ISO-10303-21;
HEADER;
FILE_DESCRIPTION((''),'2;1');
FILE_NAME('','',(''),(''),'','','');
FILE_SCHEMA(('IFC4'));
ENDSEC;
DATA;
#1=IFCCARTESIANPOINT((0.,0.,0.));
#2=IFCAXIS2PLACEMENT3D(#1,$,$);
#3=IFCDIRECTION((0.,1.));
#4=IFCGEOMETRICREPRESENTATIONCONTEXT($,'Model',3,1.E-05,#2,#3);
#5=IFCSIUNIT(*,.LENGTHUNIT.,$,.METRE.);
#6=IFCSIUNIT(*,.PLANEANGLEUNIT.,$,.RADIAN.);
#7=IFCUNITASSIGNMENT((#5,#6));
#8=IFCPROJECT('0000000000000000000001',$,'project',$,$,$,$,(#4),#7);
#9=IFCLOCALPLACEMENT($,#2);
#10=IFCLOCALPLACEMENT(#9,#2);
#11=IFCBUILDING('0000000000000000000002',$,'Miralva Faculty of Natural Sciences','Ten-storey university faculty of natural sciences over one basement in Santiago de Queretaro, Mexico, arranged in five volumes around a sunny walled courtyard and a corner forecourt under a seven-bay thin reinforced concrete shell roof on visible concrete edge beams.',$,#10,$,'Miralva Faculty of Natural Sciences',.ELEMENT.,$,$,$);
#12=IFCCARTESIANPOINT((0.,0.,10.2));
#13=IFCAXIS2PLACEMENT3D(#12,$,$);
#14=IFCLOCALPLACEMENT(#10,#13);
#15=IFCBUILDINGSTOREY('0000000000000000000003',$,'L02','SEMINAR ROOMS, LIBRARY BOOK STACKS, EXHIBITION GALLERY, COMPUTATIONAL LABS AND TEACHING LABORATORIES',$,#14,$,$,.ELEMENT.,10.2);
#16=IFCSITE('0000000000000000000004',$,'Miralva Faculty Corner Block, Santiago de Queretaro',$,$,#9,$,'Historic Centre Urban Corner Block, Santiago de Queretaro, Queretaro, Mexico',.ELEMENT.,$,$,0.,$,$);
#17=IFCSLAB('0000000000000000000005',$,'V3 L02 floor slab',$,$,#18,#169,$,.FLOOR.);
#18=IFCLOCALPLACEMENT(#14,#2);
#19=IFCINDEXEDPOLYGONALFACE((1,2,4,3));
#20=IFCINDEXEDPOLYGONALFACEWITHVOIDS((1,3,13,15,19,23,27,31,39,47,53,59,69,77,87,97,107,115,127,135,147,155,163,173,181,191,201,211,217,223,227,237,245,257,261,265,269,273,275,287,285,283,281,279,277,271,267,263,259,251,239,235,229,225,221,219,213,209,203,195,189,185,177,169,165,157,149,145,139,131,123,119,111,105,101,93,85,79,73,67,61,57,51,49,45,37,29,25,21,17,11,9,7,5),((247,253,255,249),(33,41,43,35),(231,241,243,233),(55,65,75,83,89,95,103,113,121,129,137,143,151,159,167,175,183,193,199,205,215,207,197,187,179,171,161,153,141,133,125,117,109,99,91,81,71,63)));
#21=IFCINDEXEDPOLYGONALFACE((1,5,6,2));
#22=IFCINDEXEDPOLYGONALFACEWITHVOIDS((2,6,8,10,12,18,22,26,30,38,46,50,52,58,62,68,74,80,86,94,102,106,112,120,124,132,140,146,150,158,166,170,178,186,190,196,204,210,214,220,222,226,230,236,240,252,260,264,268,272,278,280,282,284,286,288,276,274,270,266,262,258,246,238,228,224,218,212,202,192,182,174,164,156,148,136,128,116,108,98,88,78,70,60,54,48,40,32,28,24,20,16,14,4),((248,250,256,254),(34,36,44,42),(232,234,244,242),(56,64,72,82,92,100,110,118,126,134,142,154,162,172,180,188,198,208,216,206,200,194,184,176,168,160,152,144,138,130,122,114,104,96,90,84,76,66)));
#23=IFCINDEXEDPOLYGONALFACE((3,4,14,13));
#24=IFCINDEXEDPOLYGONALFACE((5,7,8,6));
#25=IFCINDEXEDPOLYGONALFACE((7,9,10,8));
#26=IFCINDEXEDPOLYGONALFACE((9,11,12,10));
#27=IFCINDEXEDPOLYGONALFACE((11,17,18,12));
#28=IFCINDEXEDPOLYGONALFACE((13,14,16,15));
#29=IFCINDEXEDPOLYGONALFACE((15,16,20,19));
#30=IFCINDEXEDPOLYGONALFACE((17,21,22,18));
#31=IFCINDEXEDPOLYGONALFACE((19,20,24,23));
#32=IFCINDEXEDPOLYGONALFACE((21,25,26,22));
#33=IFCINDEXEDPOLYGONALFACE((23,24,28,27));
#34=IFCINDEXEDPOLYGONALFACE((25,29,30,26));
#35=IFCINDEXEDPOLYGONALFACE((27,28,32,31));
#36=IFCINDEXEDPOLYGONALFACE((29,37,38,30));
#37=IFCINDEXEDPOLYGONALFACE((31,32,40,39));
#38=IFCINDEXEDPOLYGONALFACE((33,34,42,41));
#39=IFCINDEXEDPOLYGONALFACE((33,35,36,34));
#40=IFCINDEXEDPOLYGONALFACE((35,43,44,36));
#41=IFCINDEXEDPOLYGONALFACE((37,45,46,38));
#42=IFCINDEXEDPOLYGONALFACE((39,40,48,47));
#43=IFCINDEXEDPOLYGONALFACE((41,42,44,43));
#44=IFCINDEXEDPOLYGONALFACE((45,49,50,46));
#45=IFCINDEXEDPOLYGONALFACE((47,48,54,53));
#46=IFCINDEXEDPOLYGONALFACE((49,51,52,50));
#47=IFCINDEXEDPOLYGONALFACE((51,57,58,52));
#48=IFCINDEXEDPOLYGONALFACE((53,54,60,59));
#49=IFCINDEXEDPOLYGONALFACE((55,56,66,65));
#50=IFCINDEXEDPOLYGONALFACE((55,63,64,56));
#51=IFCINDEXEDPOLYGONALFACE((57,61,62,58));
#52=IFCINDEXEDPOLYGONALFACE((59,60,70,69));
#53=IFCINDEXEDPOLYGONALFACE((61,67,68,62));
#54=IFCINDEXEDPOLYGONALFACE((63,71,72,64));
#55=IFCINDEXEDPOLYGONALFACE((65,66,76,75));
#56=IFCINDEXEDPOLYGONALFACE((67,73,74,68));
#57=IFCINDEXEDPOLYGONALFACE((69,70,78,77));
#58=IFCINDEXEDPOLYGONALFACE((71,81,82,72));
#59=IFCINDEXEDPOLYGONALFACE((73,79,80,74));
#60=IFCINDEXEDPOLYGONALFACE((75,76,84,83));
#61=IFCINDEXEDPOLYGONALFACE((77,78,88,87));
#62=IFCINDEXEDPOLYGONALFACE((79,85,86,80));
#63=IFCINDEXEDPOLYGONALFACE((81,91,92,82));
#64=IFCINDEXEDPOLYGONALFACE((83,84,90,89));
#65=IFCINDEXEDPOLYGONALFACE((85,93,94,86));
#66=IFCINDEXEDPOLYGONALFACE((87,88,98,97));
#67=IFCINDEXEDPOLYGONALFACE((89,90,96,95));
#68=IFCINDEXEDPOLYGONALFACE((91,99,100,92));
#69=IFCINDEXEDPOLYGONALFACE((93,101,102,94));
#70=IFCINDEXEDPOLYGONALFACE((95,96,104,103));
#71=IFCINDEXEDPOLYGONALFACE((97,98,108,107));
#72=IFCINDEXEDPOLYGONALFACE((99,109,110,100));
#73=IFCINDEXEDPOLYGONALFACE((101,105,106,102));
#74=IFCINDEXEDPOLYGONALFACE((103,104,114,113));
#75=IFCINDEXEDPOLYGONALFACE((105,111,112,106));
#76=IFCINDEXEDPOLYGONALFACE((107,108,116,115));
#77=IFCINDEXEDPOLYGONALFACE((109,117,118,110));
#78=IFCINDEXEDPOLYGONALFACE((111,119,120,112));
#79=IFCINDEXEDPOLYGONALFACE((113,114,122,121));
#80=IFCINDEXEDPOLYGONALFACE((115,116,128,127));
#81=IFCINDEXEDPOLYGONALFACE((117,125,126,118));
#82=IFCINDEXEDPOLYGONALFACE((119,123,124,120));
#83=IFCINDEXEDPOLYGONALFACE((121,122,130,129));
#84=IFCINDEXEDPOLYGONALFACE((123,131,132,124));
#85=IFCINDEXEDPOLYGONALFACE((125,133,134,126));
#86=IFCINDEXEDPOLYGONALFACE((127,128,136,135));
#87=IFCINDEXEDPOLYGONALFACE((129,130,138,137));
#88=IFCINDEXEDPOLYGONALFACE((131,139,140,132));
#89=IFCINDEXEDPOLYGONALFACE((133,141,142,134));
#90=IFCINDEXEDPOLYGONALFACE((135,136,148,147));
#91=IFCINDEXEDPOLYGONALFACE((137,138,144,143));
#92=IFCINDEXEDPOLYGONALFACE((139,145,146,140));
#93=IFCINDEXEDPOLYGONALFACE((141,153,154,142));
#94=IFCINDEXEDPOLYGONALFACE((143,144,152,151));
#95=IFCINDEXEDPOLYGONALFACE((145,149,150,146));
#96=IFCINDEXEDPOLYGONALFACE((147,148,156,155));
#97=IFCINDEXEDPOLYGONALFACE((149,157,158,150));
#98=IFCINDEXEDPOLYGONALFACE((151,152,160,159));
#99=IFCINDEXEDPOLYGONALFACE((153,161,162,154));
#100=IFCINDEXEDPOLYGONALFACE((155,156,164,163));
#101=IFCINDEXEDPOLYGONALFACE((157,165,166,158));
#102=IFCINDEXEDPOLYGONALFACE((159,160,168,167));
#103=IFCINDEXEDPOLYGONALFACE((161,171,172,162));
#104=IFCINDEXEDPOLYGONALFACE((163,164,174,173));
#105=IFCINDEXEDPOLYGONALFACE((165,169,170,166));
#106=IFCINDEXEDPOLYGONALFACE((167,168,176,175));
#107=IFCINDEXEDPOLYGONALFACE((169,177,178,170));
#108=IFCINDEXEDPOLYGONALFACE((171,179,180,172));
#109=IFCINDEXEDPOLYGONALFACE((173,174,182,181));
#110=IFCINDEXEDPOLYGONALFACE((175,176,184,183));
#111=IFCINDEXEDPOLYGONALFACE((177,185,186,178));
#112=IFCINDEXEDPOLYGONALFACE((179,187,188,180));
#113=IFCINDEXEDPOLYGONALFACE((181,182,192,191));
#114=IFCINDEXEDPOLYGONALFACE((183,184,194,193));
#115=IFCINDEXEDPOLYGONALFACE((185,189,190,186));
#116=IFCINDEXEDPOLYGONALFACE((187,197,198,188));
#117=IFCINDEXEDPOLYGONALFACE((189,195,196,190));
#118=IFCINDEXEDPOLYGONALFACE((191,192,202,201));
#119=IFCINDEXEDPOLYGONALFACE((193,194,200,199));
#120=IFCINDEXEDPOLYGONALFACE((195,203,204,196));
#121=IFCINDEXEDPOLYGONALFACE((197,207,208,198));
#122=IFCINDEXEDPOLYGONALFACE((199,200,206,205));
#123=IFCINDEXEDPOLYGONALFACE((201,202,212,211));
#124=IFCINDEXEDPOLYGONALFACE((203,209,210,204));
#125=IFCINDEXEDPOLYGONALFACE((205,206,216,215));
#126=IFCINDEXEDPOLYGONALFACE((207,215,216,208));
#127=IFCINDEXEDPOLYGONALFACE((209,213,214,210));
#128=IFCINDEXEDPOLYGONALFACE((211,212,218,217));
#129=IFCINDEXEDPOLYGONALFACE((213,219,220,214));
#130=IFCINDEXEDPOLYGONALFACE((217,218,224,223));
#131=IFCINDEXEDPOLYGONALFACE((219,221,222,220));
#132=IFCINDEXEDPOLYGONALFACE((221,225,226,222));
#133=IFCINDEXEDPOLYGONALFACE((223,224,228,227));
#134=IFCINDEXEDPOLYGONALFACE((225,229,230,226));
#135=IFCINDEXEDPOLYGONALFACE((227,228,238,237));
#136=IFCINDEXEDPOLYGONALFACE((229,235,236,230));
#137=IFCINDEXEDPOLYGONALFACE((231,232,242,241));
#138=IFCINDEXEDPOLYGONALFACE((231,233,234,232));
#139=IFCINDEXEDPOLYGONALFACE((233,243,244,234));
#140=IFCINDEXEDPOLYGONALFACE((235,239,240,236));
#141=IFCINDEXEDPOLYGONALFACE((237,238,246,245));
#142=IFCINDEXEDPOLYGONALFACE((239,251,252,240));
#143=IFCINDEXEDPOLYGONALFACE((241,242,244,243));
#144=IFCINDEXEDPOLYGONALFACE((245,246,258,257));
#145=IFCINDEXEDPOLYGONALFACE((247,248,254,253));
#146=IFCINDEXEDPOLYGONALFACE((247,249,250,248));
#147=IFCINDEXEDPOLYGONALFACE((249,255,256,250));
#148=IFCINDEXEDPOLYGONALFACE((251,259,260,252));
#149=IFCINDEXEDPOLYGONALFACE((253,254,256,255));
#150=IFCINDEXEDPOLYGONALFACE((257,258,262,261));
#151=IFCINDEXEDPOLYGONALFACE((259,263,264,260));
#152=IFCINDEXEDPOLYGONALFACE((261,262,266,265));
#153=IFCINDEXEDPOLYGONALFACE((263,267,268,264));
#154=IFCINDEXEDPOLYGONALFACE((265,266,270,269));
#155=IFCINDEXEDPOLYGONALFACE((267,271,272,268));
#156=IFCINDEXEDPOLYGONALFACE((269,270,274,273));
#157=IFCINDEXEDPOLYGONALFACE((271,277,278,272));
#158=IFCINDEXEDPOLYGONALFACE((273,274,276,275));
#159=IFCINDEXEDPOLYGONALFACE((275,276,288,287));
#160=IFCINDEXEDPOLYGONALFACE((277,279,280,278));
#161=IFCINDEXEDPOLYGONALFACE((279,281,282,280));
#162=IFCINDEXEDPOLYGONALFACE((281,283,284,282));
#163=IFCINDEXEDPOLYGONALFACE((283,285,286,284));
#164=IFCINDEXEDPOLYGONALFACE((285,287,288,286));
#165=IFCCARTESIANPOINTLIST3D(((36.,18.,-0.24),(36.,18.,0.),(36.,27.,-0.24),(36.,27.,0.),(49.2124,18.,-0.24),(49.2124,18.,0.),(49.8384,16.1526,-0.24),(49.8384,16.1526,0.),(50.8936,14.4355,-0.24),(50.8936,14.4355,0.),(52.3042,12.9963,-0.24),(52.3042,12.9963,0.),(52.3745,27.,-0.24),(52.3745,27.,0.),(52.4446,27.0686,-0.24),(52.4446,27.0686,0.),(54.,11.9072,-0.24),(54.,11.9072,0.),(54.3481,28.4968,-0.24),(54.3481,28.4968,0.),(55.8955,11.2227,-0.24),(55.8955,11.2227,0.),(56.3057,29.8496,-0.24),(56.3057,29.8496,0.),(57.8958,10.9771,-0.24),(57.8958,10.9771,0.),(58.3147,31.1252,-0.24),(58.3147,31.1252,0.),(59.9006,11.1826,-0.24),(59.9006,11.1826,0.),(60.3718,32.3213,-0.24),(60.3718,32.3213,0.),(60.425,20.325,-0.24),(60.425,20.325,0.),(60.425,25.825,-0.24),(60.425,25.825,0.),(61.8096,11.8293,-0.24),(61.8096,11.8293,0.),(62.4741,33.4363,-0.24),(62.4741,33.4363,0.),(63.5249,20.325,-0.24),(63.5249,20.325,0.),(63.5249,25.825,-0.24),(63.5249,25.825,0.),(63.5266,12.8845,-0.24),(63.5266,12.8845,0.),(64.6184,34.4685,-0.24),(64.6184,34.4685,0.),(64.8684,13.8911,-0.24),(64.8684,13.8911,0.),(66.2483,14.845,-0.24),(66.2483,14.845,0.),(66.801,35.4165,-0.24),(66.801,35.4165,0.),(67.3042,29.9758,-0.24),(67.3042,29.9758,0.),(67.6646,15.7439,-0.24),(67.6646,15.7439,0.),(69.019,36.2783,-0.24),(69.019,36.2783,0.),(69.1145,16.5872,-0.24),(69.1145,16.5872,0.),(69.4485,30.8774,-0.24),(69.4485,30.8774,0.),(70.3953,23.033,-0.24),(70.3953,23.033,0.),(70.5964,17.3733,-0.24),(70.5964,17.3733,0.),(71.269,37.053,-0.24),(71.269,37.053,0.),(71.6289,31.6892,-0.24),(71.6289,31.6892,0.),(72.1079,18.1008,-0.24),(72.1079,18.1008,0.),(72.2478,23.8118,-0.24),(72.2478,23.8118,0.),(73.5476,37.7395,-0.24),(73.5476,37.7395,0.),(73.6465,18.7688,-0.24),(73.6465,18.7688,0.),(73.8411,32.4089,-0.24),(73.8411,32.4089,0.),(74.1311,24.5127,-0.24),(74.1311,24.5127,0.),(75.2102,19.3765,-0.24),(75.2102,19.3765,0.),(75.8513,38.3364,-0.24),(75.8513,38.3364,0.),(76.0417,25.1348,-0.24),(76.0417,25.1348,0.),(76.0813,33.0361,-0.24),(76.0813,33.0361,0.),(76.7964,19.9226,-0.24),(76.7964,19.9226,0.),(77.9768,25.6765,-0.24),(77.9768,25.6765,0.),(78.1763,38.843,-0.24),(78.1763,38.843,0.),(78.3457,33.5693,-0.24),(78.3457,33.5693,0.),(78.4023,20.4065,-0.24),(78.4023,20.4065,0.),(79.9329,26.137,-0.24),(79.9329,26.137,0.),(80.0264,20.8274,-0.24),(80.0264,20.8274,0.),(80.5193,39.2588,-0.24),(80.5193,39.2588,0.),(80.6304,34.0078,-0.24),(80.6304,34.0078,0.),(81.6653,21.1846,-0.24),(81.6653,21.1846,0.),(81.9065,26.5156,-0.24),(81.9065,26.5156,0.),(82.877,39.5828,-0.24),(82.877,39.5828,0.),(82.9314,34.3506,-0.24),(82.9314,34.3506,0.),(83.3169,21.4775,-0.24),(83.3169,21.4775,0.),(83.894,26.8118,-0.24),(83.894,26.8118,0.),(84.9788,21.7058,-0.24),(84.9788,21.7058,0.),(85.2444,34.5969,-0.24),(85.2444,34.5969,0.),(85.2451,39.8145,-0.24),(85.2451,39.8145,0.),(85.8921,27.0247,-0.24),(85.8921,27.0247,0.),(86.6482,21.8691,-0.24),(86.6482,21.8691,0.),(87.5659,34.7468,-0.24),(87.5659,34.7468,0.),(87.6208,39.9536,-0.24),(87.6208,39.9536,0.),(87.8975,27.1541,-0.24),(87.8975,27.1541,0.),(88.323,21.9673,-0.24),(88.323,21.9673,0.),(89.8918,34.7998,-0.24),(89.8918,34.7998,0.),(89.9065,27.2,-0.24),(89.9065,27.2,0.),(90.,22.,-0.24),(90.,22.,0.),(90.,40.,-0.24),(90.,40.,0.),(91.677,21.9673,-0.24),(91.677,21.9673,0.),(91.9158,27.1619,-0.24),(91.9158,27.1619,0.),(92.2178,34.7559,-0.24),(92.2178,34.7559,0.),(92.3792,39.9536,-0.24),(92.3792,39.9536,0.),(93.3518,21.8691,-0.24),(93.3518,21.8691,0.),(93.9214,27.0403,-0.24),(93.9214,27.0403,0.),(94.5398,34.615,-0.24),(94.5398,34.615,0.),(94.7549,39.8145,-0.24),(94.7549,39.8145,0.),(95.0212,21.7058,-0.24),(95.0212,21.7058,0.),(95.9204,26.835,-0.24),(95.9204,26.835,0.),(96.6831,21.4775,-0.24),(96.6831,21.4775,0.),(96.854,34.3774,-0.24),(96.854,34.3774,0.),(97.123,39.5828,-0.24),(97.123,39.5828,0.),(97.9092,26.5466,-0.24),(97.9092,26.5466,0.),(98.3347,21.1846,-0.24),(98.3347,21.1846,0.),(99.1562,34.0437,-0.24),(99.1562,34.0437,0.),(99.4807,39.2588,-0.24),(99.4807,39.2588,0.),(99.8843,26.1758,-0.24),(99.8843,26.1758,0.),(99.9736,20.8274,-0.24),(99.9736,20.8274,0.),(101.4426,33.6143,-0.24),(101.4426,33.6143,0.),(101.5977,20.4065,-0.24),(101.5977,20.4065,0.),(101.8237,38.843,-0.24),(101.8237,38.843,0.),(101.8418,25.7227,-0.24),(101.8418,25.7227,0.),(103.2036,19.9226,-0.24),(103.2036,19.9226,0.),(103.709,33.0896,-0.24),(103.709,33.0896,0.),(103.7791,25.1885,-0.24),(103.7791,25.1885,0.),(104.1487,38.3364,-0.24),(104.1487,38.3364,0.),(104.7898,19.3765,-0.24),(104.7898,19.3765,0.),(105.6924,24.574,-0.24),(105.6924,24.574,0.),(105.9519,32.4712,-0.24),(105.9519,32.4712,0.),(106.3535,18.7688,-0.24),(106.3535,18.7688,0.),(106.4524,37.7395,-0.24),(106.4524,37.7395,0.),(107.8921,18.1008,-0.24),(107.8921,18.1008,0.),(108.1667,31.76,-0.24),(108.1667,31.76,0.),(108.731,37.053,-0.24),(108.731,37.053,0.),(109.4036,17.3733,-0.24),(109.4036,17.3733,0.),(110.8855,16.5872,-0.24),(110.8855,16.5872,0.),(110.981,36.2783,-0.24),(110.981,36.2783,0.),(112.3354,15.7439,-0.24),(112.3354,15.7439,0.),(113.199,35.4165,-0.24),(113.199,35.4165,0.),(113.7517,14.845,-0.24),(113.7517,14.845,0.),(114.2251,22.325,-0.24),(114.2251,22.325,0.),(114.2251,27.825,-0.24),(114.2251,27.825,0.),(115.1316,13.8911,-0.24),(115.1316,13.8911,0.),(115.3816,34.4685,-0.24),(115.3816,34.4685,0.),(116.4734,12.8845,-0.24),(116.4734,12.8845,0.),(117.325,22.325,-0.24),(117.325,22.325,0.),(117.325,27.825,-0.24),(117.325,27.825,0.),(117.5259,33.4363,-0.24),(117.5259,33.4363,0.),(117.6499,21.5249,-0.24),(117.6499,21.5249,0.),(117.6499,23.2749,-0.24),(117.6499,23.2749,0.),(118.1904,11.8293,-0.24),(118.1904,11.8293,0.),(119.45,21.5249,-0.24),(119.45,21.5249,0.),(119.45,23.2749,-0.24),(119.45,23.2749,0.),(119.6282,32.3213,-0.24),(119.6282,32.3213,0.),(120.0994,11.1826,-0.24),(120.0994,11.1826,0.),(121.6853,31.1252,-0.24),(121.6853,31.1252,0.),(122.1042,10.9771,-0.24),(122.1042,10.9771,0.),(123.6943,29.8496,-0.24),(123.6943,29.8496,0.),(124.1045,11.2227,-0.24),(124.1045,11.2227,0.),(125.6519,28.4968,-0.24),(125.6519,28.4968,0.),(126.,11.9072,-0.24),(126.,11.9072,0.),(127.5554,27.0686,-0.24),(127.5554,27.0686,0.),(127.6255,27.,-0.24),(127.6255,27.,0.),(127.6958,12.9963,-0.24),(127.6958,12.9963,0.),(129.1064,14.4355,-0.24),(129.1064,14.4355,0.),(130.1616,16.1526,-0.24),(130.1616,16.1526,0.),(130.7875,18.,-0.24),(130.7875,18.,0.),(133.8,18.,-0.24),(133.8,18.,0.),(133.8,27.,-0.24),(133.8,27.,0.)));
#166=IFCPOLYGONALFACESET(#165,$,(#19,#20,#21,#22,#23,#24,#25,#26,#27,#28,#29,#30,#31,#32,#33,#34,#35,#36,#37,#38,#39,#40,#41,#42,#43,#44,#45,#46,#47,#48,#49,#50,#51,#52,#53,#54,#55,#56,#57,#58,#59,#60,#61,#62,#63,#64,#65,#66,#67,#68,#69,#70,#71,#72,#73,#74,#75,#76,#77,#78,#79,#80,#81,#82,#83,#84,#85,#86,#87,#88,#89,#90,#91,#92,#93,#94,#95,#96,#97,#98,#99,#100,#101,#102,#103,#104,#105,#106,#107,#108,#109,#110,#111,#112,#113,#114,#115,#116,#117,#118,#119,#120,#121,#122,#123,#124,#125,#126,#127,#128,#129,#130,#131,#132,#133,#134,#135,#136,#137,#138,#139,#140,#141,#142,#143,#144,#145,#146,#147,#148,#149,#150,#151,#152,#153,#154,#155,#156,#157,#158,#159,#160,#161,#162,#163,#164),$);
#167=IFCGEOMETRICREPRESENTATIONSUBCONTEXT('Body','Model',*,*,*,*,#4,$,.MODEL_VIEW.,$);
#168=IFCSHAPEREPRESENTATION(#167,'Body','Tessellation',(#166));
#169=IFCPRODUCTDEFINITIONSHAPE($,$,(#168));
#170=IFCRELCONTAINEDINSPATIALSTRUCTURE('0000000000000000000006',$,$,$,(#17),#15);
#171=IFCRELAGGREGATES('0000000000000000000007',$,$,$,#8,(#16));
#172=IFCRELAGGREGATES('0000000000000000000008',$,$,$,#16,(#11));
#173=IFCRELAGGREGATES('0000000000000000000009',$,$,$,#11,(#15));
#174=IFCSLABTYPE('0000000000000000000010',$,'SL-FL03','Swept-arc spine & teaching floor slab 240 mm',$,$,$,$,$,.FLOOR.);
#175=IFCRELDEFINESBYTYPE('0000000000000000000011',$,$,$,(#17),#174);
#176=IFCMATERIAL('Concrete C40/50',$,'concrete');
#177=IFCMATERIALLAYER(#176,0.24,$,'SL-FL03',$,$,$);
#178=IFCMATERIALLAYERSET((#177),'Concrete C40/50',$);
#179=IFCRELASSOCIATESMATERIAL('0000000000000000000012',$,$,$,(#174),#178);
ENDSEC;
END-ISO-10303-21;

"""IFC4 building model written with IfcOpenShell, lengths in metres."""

from ifc_helpers import new_model, si_unit, direction, frame, origin, place, context, subcontext, project, spatial, polyline, outline, extrude, material, layer, layer_set, type_object, element, save


model = new_model("IFC4")

# Units and contexts
model_context = context("Model", 3, precision=1e-05, world=origin(), true_north=direction((0.0, 1.0)))
body_context = subcontext(model_context, "Body", "Model", "MODEL_VIEW")
ifc_project = project(units=[si_unit("LENGTHUNIT", "METRE"), si_unit("PLANEANGLEUNIT", "RADIAN")], contexts=[model_context])

# Site, building, storey
site_placement = place(None, origin())
site = spatial("IfcSite", under=ifc_project, at=site_placement, Name="Miralva Faculty Corner Block, Santiago de Queretaro", LongName="Historic Centre Urban Corner Block, Santiago de Queretaro, Queretaro, Mexico", CompositionType="ELEMENT", RefElevation=0.0)
building_placement = place(site_placement, origin())
building = spatial("IfcBuilding", under=site, at=building_placement, Name="Miralva Faculty of Natural Sciences", Description="Ten-storey university faculty of natural sciences over one basement in Santiago de Queretaro, Mexico, arranged in five volumes around a sunny walled courtyard and a corner forecourt under a seven-bay thin reinforced concrete shell roof on visible concrete edge beams.", LongName="Miralva Faculty of Natural Sciences", CompositionType="ELEMENT")
storey_placement = place(building_placement, frame((0.0, 0.0, 10.2)))
storey = spatial("IfcBuildingStorey", under=building, at=storey_placement, Name="L02", Description="SEMINAR ROOMS, LIBRARY BOOK STACKS, EXHIBITION GALLERY, COMPUTATIONAL LABS AND TEACHING LABORATORIES", CompositionType="ELEMENT", Elevation=10.2)

# Slab
ifc_material_1 = material(Name="Concrete C40/50", Category="concrete")
ifc_layer_1 = layer(ifc_material_1, 0.24, Name="SL-FL03")
ifc_layer_set_1 = layer_set([ifc_layer_1], Name="Concrete C40/50")
slab_type_1 = type_object("IfcSlabType", Name="SL-FL03", Description="Swept-arc spine & teaching floor slab 240 mm", PredefinedType="FLOOR", material=ifc_layer_set_1)
slab_1_placement = place(storey_placement, frame((0.0, 0.0, -0.24)))
element("IfcSlab", 1, at=slab_1_placement, inside=storey, type_object=slab_type_1, Name="V3 L02 floor slab", PredefinedType="FLOOR", context=body_context, shape_type="SweptSolid", body=[
    extrude(outline(polyline([(36.0, 27.0), (52.3745, 27.0), (52.4446, 27.0686), (54.3481, 28.4968), (56.3057, 29.8496), (58.3147, 31.1252), (60.3718, 32.3213), (62.4741, 33.4363), (64.6184, 34.4685), (66.801, 35.4165), (69.019, 36.2783), (71.269, 37.053), (73.5476, 37.7395), (75.8513, 38.3364), (78.1763, 38.843), (80.5193, 39.2588), (82.877, 39.5828), (85.2451, 39.8145), (87.6208, 39.9536), (90.0, 40.0), (92.3792, 39.9536), (94.7549, 39.8145), (97.123, 39.5828), (99.4807, 39.2588), (101.8237, 38.843), (104.1487, 38.3364), (106.4524, 37.7395), (108.731, 37.053), (110.981, 36.2783), (113.199, 35.4165), (115.3816, 34.4685), (117.5259, 33.4363), (119.6282, 32.3213), (121.6853, 31.1252), (123.6943, 29.8496), (125.6519, 28.4968), (127.5554, 27.0686), (127.6255, 27.0), (133.8, 27.0), (133.8, 18.0), (130.7876, 18.0), (130.8083, 18.0615), (130.1616, 16.1526), (129.1064, 14.4355), (127.6958, 12.9963), (126.0, 11.9072), (124.1045, 11.2227), (122.1042, 10.9771), (120.0994, 11.1826), (118.1904, 11.8293), (116.4734, 12.8845), (115.1316, 13.8911), (113.7517, 14.845), (112.3354, 15.7439), (110.8855, 16.5872), (109.4036, 17.3733), (107.8921, 18.1008), (106.3535, 18.7688), (104.7898, 19.3765), (103.2036, 19.9226), (101.5977, 20.4065), (99.9736, 20.8274), (98.3347, 21.1846), (96.6831, 21.4775), (95.0212, 21.7058), (93.3518, 21.8691), (91.677, 21.9673), (90.0, 22.0), (88.323, 21.9673), (86.6482, 21.8691), (84.9788, 21.7058), (83.3169, 21.4775), (81.6653, 21.1846), (80.0264, 20.8274), (78.4023, 20.4065), (76.7964, 19.9226), (75.2102, 19.3765), (73.6465, 18.7688), (72.1079, 18.1008), (70.5964, 17.3733), (69.1145, 16.5872), (67.6646, 15.7439), (66.2483, 14.845), (64.8684, 13.8911), (63.5266, 12.8845), (61.8096, 11.8293), (59.9006, 11.1826), (57.8958, 10.9771), (55.8955, 11.2227), (54.0, 11.9072), (52.3042, 12.9963), (50.8936, 14.4355), (49.8384, 16.1526), (49.2124, 18.0), (36.0, 18.0), (36.0, 27.0)]), holes=[polyline([(117.325, 22.325), (114.2251, 22.325), (114.2251, 27.825), (117.325, 27.825), (117.325, 22.325)]), polyline([(119.45, 21.5249), (117.6499, 21.5249), (117.6499, 23.2749), (119.45, 23.2749), (119.45, 21.5249)]), polyline([(63.5249, 20.325), (60.425, 20.325), (60.425, 25.825), (63.5249, 25.825), (63.5249, 20.325)]), polyline([(70.3953, 23.033), (67.3042, 29.9758), (69.4485, 30.8774), (71.6289, 31.6892), (73.8411, 32.4089), (76.0813, 33.0361), (78.3457, 33.5693), (80.6304, 34.0078), (82.9314, 34.3506), (85.2444, 34.5969), (87.5659, 34.7468), (89.8918, 34.7998), (92.2178, 34.7559), (94.5398, 34.615), (96.854, 34.3774), (99.1562, 34.0437), (101.4426, 33.6143), (103.709, 33.0896), (105.9519, 32.4712), (108.1667, 31.76), (105.6924, 24.574), (103.7791, 25.1885), (101.8418, 25.7227), (99.8843, 26.1758), (97.9092, 26.5466), (95.9204, 26.835), (93.9214, 27.0403), (91.9158, 27.1619), (89.9065, 27.2), (87.8975, 27.1541), (85.8921, 27.0247), (83.894, 26.8118), (81.9065, 26.5156), (79.9329, 26.137), (77.9768, 25.6765), (76.0417, 25.1348), (74.1311, 24.5127), (72.2478, 23.8118), (70.3953, 23.033)])]), origin(), (0.0, 0.0, 1.0), 0.24),
])

save(model, "model.ifc")
